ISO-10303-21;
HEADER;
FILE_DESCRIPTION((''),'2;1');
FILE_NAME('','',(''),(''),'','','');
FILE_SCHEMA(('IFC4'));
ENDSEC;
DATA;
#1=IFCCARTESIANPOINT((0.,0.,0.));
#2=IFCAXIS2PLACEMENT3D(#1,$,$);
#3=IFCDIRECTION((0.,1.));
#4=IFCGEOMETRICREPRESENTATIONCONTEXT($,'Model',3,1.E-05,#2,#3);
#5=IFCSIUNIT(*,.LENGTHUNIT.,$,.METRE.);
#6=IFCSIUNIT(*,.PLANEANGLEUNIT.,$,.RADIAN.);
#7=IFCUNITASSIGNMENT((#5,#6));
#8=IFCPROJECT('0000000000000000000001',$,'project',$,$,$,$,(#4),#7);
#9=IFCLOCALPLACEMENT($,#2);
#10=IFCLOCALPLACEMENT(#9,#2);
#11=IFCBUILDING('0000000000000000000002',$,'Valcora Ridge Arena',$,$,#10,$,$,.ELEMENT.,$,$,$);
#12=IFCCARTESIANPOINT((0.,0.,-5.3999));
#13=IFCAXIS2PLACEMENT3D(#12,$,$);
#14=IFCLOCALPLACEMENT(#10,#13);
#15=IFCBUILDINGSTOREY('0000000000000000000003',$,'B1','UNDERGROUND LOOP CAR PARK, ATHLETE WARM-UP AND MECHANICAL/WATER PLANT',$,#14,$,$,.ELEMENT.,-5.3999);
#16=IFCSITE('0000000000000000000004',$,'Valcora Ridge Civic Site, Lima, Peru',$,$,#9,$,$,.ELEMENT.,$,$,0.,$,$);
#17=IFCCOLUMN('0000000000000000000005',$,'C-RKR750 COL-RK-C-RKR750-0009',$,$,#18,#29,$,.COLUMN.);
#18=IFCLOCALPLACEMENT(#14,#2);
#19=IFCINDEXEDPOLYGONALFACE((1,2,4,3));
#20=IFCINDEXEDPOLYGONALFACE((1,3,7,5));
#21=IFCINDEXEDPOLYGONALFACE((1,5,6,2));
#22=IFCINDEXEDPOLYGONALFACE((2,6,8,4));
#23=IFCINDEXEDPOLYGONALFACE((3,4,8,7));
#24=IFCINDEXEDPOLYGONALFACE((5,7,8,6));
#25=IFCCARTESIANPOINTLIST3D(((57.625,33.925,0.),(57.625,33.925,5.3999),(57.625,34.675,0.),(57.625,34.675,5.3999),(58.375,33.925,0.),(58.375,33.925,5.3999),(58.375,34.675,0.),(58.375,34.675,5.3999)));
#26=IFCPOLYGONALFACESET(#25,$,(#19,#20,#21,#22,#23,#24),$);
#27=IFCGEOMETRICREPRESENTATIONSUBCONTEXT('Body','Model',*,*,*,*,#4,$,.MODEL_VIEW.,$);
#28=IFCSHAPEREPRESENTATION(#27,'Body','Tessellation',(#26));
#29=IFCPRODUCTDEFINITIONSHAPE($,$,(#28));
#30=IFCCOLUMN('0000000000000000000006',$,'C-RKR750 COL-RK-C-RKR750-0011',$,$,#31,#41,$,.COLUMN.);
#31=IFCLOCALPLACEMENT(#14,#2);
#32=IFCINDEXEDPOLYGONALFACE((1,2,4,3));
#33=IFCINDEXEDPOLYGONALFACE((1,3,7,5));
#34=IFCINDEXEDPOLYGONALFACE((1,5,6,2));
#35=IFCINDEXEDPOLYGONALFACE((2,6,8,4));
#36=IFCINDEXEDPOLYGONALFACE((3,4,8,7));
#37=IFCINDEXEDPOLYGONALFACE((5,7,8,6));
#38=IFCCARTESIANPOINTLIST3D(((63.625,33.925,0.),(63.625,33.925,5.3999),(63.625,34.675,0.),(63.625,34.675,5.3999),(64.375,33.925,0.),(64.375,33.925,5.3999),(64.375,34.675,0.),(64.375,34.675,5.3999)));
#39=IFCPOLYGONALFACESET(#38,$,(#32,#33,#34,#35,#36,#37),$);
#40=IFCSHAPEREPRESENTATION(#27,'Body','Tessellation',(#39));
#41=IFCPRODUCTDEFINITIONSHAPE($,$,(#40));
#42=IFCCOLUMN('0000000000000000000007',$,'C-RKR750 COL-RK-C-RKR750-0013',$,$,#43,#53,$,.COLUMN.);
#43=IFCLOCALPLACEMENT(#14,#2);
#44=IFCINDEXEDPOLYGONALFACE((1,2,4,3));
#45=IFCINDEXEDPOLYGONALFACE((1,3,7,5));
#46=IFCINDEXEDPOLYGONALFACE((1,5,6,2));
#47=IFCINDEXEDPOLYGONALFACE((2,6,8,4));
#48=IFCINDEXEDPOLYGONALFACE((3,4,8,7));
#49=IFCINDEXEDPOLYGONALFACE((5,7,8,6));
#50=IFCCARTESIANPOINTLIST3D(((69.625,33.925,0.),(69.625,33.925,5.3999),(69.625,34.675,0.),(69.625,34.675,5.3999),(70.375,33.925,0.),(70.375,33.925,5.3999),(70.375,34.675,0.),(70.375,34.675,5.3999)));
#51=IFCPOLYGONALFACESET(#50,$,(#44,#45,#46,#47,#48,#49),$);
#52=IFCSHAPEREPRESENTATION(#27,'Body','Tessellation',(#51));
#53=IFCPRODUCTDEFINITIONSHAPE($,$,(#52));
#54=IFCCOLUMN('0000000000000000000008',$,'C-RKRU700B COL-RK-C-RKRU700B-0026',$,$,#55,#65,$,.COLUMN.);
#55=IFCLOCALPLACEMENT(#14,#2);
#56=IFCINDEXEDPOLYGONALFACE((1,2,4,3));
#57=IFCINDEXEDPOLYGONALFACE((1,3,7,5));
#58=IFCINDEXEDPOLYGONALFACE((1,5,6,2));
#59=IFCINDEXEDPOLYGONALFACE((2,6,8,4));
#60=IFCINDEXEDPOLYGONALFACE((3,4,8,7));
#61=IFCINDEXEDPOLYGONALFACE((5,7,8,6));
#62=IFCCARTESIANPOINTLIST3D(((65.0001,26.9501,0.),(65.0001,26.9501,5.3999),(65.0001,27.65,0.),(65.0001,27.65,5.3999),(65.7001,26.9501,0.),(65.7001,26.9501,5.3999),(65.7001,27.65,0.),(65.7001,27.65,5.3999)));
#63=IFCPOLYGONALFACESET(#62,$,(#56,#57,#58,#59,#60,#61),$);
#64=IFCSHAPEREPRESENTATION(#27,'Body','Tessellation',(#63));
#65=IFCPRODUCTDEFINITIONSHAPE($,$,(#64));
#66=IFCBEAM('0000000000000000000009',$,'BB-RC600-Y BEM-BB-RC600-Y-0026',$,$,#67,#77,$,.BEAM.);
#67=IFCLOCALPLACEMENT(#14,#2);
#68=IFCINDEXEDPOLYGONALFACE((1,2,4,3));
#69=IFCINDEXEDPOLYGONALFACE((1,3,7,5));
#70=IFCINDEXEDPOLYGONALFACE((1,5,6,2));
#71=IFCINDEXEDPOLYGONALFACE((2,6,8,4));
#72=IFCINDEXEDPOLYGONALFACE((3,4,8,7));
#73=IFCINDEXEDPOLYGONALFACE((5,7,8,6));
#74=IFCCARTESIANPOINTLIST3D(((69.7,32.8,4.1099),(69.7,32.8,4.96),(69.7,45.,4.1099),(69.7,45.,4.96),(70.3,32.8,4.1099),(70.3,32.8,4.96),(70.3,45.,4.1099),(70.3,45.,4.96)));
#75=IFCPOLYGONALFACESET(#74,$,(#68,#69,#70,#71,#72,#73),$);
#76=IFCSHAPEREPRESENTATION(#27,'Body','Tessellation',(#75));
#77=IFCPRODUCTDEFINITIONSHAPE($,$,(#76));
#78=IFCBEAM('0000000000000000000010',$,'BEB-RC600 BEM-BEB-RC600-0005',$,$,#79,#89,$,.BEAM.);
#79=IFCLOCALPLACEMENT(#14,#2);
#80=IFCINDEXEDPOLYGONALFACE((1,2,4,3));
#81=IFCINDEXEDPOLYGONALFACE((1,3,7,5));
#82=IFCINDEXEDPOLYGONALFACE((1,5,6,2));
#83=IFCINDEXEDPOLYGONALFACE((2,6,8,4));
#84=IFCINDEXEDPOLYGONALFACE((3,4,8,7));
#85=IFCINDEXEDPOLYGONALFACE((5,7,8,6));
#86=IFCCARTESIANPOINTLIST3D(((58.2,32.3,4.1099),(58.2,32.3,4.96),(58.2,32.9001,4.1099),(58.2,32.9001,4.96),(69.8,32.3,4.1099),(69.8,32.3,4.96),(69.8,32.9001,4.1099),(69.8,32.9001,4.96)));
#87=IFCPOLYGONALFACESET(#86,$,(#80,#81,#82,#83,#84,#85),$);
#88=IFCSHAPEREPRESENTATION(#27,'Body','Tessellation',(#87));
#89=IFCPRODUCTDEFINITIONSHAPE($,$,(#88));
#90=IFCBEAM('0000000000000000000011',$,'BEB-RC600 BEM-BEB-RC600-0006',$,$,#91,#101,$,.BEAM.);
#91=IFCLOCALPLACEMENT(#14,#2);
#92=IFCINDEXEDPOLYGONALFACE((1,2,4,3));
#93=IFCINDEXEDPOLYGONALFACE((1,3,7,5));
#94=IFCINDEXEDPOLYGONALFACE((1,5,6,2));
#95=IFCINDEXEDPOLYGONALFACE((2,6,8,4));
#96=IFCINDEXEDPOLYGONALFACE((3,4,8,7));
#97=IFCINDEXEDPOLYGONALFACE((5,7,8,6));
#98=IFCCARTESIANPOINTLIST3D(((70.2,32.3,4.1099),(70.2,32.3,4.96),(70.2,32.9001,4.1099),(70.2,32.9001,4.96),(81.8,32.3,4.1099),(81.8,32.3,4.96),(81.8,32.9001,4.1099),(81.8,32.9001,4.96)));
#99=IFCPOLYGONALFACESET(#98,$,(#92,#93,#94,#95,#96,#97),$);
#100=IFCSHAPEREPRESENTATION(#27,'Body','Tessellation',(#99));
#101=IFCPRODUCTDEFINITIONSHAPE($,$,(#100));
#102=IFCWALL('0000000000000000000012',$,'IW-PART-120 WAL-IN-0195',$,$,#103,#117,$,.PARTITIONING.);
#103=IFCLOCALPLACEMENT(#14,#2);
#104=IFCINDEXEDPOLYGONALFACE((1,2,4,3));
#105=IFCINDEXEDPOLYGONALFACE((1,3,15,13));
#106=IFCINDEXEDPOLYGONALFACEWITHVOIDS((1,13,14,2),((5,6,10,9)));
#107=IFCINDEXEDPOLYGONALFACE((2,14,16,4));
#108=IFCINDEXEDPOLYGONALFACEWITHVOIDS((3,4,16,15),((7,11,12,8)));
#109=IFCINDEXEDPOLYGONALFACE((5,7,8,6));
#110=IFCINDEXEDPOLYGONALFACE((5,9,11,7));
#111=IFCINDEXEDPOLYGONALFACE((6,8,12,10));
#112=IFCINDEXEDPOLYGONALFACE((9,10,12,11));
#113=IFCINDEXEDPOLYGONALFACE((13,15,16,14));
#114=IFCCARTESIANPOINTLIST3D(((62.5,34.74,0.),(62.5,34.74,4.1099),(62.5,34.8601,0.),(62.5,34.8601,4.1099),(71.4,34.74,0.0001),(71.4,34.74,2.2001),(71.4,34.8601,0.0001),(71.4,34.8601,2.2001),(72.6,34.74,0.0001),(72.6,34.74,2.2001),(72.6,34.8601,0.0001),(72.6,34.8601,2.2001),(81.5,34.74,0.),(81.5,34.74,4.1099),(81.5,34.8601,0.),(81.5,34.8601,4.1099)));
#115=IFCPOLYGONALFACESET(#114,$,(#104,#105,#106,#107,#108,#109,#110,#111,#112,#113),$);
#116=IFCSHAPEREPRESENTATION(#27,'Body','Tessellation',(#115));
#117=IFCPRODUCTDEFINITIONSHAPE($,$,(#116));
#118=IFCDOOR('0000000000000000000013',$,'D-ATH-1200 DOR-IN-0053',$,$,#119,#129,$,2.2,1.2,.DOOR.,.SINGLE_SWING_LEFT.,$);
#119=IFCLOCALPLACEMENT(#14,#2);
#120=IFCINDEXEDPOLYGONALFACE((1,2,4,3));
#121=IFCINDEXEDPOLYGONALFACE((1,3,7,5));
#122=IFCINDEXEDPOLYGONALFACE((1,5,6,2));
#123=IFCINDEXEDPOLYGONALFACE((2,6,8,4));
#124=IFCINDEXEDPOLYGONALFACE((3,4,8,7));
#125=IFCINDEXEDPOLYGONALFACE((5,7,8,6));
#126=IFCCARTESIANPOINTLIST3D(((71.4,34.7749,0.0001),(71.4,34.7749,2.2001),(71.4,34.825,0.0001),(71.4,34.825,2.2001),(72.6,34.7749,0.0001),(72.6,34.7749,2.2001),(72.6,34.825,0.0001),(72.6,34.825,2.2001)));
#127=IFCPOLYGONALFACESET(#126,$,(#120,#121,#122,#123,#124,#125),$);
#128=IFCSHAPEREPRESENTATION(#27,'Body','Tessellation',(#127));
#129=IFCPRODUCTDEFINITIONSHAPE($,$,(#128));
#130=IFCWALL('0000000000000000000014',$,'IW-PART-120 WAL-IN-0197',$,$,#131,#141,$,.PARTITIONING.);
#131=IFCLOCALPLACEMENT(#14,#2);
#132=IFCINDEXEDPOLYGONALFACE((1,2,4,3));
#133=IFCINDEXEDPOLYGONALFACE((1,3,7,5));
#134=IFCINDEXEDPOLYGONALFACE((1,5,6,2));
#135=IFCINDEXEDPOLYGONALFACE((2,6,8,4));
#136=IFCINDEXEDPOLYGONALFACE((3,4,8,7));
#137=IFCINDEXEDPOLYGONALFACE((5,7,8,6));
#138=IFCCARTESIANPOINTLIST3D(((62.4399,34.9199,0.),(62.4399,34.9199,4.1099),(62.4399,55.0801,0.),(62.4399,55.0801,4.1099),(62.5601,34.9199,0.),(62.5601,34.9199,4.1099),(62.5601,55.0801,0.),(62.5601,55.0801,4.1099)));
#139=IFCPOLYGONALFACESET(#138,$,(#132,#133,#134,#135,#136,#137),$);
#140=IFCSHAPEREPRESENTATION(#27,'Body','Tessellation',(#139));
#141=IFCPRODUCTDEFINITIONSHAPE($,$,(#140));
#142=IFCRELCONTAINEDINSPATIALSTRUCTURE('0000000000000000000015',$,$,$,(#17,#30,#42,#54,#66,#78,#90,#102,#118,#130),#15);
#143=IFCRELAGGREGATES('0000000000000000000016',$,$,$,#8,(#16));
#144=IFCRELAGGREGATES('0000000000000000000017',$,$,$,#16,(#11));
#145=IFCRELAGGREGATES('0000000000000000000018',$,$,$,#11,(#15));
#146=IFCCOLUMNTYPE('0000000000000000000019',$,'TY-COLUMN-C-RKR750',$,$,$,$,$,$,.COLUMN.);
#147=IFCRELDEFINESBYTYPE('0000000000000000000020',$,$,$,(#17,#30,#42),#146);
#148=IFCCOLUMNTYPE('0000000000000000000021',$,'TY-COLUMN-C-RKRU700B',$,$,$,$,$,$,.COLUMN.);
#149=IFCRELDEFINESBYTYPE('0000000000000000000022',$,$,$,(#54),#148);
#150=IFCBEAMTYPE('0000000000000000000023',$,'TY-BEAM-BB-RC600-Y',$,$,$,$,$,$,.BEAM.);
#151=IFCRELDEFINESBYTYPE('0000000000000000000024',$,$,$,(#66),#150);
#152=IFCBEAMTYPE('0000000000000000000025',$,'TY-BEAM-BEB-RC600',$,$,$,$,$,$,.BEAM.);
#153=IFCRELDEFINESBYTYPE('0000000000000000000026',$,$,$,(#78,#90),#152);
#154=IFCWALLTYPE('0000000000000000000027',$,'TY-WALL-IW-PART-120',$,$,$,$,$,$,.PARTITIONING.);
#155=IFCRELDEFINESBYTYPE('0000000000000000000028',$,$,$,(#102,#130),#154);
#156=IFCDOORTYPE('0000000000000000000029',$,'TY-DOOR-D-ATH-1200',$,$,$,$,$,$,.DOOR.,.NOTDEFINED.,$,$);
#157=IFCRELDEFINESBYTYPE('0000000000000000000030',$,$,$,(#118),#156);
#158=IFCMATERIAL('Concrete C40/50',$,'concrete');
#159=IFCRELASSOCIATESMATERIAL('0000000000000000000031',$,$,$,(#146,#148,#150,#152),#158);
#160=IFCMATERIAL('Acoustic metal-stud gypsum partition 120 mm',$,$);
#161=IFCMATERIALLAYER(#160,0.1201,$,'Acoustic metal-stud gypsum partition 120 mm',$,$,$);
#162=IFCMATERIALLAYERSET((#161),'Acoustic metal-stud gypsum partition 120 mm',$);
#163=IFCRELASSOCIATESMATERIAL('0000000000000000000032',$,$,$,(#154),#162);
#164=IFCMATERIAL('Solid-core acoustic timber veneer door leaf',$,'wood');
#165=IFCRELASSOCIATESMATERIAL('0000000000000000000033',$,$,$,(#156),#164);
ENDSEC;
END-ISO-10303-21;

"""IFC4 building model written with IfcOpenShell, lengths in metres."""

from ifc_helpers import new_model, si_unit, direction, frame, frame_2d, origin, origin_2d, place, context, subcontext, project, spatial, rectangle, extrude, material, layer, layer_set, material_profile, profile_set, type_object, element, fill, save


model = new_model("IFC4")

# Units and contexts
model_context = context("Model", 3, precision=1e-05, world=origin(), true_north=direction((0.0, 1.0)))
body_context = subcontext(model_context, "Body", "Model", "MODEL_VIEW")
ifc_project = project(units=[si_unit("LENGTHUNIT", "METRE"), si_unit("PLANEANGLEUNIT", "RADIAN")], contexts=[model_context])

# Site, building, storey
site_placement = place(None, origin())
site = spatial("IfcSite", under=ifc_project, at=site_placement, Name="Valcora Ridge Civic Site, Lima, Peru", CompositionType="ELEMENT", RefElevation=0.0)
building_placement = place(site_placement, origin())
building = spatial("IfcBuilding", under=site, at=building_placement, Name="Valcora Ridge Arena", CompositionType="ELEMENT")
storey_placement = place(building_placement, frame((0.0, 0.0, -5.3999)))
storey = spatial("IfcBuildingStorey", under=building, at=storey_placement, Name="B1", Description="UNDERGROUND LOOP CAR PARK, ATHLETE WARM-UP AND MECHANICAL/WATER PLANT", CompositionType="ELEMENT", Elevation=-5.3999)

# Shared definitions
ifc_material_1 = material(Name="Concrete C40/50", Category="concrete")

# Columns
ifc_material_profile_1 = material_profile(ifc_material_1, rectangle(XDim=0.75, YDim=0.75, at=origin_2d()), Name="RC 750x750")
ifc_profile_set_1 = profile_set([ifc_material_profile_1], Name="Concrete C40/50")
column_type_1 = type_object("IfcColumnType", Name="TY-COLUMN-C-RKR750", PredefinedType="COLUMN", material=ifc_profile_set_1)
for number, where, z_axis, x_axis, name in (
    (1, (58.0, 34.3, 0.0), (0.0, 0.0, 1.0), (1.0, 0.0, 0.0), "C-RKR750 COL-RK-C-RKR750-0009"),
    (2, (64.0, 34.3, 0.0), (0.0, 0.0, 1.0), (1.0, 0.0, 0.0), "C-RKR750 COL-RK-C-RKR750-0011"),
    (3, (70.0, 34.3, 0.0), (0.0, 0.0, 1.0), (1.0, 0.0, 0.0), "C-RKR750 COL-RK-C-RKR750-0013"),
):
    element("IfcColumn", number, at=place(storey_placement, frame(where, z_axis=z_axis, x_axis=x_axis)), inside=storey, type_object=column_type_1, Name=name, PredefinedType="COLUMN", context=body_context, shape_type="SweptSolid", body=[
        extrude(rectangle(XDim=0.75, YDim=0.75, at=origin_2d()), origin(), (0.0, 0.0, 1.0), 5.3999),
    ])
ifc_material_profile_2 = material_profile(ifc_material_1, rectangle(XDim=0.7, YDim=0.7, at=origin_2d()), Name="RC 700x700")
ifc_profile_set_2 = profile_set([ifc_material_profile_2], Name="Concrete C40/50")
column_type_2 = type_object("IfcColumnType", Name="TY-COLUMN-C-RKRU700B", PredefinedType="COLUMN", material=ifc_profile_set_2)
column_1_placement = place(storey_placement, frame((65.3501, 27.3, 0.0), z_axis=(0.0, 0.0, 1.0), x_axis=(1.0, 0.0, 0.0)))
element("IfcColumn", 4, at=column_1_placement, inside=storey, type_object=column_type_2, Name="C-RKRU700B COL-RK-C-RKRU700B-0026", PredefinedType="COLUMN", context=body_context, shape_type="SweptSolid", body=[
    extrude(rectangle(XDim=0.7, YDim=0.7, at=origin_2d()), origin(), (0.0, 0.0, 1.0), 5.3999),
])

# Beams
ifc_material_profile_3 = material_profile(ifc_material_1, rectangle(XDim=0.6001, YDim=0.8501, at=origin_2d()), Name="RC 600x850")
ifc_profile_set_3 = profile_set([ifc_material_profile_3], Name="Concrete C40/50")
beam_type_1 = type_object("IfcBeamType", Name="TY-BEAM-BB-RC600-Y", PredefinedType="BEAM", material=ifc_profile_set_3)
beam_placement = place(storey_placement, frame((70.0, 32.8, 4.5349), z_axis=(0.0, 1.0, 0.0), x_axis=(-1.0, 0.0, 0.0)))
element("IfcBeam", 5, at=beam_placement, inside=storey, type_object=beam_type_1, Name="BB-RC600-Y BEM-BB-RC600-Y-0026", PredefinedType="BEAM", context=body_context, shape_type="SweptSolid", body=[
    extrude(rectangle(XDim=0.6001, YDim=0.8501, at=origin_2d()), origin(), (0.0, 0.0, 1.0), 12.2),
])
ifc_material_profile_4 = material_profile(ifc_material_1, rectangle(XDim=0.6001, YDim=0.8501, at=origin_2d()), Name="RC 600x850")
ifc_profile_set_4 = profile_set([ifc_material_profile_4], Name="Concrete C40/50")
beam_type_2 = type_object("IfcBeamType", Name="TY-BEAM-BEB-RC600", PredefinedType="BEAM", material=ifc_profile_set_4)
for number, where, z_axis, x_axis, name in (
    (6, (58.2, 32.6001, 4.5349), (1.0, 0.0, 0.0), (0.0, 1.0, 0.0), "BEB-RC600 BEM-BEB-RC600-0005"),
    (7, (70.2, 32.6001, 4.5349), (1.0, 0.0, 0.0), (0.0, 1.0, 0.0), "BEB-RC600 BEM-BEB-RC600-0006"),
):
    element("IfcBeam", number, at=place(storey_placement, frame(where, z_axis=z_axis, x_axis=x_axis)), inside=storey, type_object=beam_type_2, Name=name, PredefinedType="BEAM", context=body_context, shape_type="SweptSolid", body=[
        extrude(rectangle(XDim=0.6001, YDim=0.8501, at=origin_2d()), origin(), (0.0, 0.0, 1.0), 11.6001),
    ])

# Wall, opening, door
ifc_material_2 = material(Name="Acoustic metal-stud gypsum partition 120 mm")
ifc_layer_1 = layer(ifc_material_2, 0.1201, Name="Acoustic metal-stud gypsum partition 120 mm")
ifc_layer_set_1 = layer_set([ifc_layer_1], Name="Acoustic metal-stud gypsum partition 120 mm")
wall_type = type_object("IfcWallType", Name="TY-WALL-IW-PART-120", PredefinedType="PARTITIONING", material=ifc_layer_set_1)
wall_1_placement = place(storey_placement, frame((62.5, 34.8, 0.0), z_axis=(0.0, 0.0, 1.0), x_axis=(1.0, 0.0, 0.0)))
wall_1 = element("IfcWall", 8, at=wall_1_placement, inside=storey, type_object=wall_type, Name="IW-PART-120 WAL-IN-0195", PredefinedType="PARTITIONING", context=body_context, shape_type="SweptSolid", body=[
    extrude(rectangle(XDim=19.0, YDim=0.1201, at=frame_2d((9.5, 0.0))), origin(), (0.0, 0.0, 1.0), 4.1099),
])
opening_placement = place(wall_1_placement, frame((8.8999, 0.0, 0.0)))
opening = element("IfcOpeningElement", 9, at=opening_placement, cuts=wall_1, PredefinedType="OPENING", context=body_context, shape_type="SweptSolid", body=[
    extrude(rectangle(XDim=1.2, YDim=2.2, at=frame_2d((0.6001, 1.1001))), frame((0.0, 0.0701, 0.0), z_axis=(0.0, -1.0, 0.0), x_axis=(1.0, 0.0, 0.0)), (0.0, 0.0, 1.0), 0.1401),
])
ifc_material_3 = material(Name="Solid-core acoustic timber veneer door leaf", Category="wood")
door_type = type_object("IfcDoorType", Name="TY-DOOR-D-ATH-1200", OperationType="NOTDEFINED", PredefinedType="DOOR", material=ifc_material_3)
door_placement = place(opening_placement, origin())
door = element("IfcDoor", 10, at=door_placement, inside=storey, type_object=door_type, Name="D-ATH-1200 DOR-IN-0053", OperationType="SINGLE_SWING_LEFT", OverallHeight=2.2, OverallWidth=1.2, PredefinedType="DOOR", context=body_context, shape_type="SweptSolid", body=[
    extrude(rectangle(XDim=1.2, YDim=2.2, at=frame_2d((0.6001, 1.1001))), frame((0.0, 0.0249, 0.0), z_axis=(0.0, -1.0, 0.0), x_axis=(1.0, 0.0, 0.0)), (0.0, 0.0, 1.0), 0.05),
])
fill(opening, door)

# Wall
wall_2_placement = place(storey_placement, frame((62.5, 34.9199, 0.0), z_axis=(0.0, 0.0, 1.0), x_axis=(0.0, 1.0, 0.0)))
element("IfcWall", 11, at=wall_2_placement, inside=storey, type_object=wall_type, Name="IW-PART-120 WAL-IN-0197", PredefinedType="PARTITIONING", context=body_context, shape_type="SweptSolid", body=[
    extrude(rectangle(XDim=20.1602, YDim=0.1201, at=frame_2d((10.0801, 0.0))), origin(), (0.0, 0.0, 1.0), 4.1099),
])

save(model, "model.ifc")
